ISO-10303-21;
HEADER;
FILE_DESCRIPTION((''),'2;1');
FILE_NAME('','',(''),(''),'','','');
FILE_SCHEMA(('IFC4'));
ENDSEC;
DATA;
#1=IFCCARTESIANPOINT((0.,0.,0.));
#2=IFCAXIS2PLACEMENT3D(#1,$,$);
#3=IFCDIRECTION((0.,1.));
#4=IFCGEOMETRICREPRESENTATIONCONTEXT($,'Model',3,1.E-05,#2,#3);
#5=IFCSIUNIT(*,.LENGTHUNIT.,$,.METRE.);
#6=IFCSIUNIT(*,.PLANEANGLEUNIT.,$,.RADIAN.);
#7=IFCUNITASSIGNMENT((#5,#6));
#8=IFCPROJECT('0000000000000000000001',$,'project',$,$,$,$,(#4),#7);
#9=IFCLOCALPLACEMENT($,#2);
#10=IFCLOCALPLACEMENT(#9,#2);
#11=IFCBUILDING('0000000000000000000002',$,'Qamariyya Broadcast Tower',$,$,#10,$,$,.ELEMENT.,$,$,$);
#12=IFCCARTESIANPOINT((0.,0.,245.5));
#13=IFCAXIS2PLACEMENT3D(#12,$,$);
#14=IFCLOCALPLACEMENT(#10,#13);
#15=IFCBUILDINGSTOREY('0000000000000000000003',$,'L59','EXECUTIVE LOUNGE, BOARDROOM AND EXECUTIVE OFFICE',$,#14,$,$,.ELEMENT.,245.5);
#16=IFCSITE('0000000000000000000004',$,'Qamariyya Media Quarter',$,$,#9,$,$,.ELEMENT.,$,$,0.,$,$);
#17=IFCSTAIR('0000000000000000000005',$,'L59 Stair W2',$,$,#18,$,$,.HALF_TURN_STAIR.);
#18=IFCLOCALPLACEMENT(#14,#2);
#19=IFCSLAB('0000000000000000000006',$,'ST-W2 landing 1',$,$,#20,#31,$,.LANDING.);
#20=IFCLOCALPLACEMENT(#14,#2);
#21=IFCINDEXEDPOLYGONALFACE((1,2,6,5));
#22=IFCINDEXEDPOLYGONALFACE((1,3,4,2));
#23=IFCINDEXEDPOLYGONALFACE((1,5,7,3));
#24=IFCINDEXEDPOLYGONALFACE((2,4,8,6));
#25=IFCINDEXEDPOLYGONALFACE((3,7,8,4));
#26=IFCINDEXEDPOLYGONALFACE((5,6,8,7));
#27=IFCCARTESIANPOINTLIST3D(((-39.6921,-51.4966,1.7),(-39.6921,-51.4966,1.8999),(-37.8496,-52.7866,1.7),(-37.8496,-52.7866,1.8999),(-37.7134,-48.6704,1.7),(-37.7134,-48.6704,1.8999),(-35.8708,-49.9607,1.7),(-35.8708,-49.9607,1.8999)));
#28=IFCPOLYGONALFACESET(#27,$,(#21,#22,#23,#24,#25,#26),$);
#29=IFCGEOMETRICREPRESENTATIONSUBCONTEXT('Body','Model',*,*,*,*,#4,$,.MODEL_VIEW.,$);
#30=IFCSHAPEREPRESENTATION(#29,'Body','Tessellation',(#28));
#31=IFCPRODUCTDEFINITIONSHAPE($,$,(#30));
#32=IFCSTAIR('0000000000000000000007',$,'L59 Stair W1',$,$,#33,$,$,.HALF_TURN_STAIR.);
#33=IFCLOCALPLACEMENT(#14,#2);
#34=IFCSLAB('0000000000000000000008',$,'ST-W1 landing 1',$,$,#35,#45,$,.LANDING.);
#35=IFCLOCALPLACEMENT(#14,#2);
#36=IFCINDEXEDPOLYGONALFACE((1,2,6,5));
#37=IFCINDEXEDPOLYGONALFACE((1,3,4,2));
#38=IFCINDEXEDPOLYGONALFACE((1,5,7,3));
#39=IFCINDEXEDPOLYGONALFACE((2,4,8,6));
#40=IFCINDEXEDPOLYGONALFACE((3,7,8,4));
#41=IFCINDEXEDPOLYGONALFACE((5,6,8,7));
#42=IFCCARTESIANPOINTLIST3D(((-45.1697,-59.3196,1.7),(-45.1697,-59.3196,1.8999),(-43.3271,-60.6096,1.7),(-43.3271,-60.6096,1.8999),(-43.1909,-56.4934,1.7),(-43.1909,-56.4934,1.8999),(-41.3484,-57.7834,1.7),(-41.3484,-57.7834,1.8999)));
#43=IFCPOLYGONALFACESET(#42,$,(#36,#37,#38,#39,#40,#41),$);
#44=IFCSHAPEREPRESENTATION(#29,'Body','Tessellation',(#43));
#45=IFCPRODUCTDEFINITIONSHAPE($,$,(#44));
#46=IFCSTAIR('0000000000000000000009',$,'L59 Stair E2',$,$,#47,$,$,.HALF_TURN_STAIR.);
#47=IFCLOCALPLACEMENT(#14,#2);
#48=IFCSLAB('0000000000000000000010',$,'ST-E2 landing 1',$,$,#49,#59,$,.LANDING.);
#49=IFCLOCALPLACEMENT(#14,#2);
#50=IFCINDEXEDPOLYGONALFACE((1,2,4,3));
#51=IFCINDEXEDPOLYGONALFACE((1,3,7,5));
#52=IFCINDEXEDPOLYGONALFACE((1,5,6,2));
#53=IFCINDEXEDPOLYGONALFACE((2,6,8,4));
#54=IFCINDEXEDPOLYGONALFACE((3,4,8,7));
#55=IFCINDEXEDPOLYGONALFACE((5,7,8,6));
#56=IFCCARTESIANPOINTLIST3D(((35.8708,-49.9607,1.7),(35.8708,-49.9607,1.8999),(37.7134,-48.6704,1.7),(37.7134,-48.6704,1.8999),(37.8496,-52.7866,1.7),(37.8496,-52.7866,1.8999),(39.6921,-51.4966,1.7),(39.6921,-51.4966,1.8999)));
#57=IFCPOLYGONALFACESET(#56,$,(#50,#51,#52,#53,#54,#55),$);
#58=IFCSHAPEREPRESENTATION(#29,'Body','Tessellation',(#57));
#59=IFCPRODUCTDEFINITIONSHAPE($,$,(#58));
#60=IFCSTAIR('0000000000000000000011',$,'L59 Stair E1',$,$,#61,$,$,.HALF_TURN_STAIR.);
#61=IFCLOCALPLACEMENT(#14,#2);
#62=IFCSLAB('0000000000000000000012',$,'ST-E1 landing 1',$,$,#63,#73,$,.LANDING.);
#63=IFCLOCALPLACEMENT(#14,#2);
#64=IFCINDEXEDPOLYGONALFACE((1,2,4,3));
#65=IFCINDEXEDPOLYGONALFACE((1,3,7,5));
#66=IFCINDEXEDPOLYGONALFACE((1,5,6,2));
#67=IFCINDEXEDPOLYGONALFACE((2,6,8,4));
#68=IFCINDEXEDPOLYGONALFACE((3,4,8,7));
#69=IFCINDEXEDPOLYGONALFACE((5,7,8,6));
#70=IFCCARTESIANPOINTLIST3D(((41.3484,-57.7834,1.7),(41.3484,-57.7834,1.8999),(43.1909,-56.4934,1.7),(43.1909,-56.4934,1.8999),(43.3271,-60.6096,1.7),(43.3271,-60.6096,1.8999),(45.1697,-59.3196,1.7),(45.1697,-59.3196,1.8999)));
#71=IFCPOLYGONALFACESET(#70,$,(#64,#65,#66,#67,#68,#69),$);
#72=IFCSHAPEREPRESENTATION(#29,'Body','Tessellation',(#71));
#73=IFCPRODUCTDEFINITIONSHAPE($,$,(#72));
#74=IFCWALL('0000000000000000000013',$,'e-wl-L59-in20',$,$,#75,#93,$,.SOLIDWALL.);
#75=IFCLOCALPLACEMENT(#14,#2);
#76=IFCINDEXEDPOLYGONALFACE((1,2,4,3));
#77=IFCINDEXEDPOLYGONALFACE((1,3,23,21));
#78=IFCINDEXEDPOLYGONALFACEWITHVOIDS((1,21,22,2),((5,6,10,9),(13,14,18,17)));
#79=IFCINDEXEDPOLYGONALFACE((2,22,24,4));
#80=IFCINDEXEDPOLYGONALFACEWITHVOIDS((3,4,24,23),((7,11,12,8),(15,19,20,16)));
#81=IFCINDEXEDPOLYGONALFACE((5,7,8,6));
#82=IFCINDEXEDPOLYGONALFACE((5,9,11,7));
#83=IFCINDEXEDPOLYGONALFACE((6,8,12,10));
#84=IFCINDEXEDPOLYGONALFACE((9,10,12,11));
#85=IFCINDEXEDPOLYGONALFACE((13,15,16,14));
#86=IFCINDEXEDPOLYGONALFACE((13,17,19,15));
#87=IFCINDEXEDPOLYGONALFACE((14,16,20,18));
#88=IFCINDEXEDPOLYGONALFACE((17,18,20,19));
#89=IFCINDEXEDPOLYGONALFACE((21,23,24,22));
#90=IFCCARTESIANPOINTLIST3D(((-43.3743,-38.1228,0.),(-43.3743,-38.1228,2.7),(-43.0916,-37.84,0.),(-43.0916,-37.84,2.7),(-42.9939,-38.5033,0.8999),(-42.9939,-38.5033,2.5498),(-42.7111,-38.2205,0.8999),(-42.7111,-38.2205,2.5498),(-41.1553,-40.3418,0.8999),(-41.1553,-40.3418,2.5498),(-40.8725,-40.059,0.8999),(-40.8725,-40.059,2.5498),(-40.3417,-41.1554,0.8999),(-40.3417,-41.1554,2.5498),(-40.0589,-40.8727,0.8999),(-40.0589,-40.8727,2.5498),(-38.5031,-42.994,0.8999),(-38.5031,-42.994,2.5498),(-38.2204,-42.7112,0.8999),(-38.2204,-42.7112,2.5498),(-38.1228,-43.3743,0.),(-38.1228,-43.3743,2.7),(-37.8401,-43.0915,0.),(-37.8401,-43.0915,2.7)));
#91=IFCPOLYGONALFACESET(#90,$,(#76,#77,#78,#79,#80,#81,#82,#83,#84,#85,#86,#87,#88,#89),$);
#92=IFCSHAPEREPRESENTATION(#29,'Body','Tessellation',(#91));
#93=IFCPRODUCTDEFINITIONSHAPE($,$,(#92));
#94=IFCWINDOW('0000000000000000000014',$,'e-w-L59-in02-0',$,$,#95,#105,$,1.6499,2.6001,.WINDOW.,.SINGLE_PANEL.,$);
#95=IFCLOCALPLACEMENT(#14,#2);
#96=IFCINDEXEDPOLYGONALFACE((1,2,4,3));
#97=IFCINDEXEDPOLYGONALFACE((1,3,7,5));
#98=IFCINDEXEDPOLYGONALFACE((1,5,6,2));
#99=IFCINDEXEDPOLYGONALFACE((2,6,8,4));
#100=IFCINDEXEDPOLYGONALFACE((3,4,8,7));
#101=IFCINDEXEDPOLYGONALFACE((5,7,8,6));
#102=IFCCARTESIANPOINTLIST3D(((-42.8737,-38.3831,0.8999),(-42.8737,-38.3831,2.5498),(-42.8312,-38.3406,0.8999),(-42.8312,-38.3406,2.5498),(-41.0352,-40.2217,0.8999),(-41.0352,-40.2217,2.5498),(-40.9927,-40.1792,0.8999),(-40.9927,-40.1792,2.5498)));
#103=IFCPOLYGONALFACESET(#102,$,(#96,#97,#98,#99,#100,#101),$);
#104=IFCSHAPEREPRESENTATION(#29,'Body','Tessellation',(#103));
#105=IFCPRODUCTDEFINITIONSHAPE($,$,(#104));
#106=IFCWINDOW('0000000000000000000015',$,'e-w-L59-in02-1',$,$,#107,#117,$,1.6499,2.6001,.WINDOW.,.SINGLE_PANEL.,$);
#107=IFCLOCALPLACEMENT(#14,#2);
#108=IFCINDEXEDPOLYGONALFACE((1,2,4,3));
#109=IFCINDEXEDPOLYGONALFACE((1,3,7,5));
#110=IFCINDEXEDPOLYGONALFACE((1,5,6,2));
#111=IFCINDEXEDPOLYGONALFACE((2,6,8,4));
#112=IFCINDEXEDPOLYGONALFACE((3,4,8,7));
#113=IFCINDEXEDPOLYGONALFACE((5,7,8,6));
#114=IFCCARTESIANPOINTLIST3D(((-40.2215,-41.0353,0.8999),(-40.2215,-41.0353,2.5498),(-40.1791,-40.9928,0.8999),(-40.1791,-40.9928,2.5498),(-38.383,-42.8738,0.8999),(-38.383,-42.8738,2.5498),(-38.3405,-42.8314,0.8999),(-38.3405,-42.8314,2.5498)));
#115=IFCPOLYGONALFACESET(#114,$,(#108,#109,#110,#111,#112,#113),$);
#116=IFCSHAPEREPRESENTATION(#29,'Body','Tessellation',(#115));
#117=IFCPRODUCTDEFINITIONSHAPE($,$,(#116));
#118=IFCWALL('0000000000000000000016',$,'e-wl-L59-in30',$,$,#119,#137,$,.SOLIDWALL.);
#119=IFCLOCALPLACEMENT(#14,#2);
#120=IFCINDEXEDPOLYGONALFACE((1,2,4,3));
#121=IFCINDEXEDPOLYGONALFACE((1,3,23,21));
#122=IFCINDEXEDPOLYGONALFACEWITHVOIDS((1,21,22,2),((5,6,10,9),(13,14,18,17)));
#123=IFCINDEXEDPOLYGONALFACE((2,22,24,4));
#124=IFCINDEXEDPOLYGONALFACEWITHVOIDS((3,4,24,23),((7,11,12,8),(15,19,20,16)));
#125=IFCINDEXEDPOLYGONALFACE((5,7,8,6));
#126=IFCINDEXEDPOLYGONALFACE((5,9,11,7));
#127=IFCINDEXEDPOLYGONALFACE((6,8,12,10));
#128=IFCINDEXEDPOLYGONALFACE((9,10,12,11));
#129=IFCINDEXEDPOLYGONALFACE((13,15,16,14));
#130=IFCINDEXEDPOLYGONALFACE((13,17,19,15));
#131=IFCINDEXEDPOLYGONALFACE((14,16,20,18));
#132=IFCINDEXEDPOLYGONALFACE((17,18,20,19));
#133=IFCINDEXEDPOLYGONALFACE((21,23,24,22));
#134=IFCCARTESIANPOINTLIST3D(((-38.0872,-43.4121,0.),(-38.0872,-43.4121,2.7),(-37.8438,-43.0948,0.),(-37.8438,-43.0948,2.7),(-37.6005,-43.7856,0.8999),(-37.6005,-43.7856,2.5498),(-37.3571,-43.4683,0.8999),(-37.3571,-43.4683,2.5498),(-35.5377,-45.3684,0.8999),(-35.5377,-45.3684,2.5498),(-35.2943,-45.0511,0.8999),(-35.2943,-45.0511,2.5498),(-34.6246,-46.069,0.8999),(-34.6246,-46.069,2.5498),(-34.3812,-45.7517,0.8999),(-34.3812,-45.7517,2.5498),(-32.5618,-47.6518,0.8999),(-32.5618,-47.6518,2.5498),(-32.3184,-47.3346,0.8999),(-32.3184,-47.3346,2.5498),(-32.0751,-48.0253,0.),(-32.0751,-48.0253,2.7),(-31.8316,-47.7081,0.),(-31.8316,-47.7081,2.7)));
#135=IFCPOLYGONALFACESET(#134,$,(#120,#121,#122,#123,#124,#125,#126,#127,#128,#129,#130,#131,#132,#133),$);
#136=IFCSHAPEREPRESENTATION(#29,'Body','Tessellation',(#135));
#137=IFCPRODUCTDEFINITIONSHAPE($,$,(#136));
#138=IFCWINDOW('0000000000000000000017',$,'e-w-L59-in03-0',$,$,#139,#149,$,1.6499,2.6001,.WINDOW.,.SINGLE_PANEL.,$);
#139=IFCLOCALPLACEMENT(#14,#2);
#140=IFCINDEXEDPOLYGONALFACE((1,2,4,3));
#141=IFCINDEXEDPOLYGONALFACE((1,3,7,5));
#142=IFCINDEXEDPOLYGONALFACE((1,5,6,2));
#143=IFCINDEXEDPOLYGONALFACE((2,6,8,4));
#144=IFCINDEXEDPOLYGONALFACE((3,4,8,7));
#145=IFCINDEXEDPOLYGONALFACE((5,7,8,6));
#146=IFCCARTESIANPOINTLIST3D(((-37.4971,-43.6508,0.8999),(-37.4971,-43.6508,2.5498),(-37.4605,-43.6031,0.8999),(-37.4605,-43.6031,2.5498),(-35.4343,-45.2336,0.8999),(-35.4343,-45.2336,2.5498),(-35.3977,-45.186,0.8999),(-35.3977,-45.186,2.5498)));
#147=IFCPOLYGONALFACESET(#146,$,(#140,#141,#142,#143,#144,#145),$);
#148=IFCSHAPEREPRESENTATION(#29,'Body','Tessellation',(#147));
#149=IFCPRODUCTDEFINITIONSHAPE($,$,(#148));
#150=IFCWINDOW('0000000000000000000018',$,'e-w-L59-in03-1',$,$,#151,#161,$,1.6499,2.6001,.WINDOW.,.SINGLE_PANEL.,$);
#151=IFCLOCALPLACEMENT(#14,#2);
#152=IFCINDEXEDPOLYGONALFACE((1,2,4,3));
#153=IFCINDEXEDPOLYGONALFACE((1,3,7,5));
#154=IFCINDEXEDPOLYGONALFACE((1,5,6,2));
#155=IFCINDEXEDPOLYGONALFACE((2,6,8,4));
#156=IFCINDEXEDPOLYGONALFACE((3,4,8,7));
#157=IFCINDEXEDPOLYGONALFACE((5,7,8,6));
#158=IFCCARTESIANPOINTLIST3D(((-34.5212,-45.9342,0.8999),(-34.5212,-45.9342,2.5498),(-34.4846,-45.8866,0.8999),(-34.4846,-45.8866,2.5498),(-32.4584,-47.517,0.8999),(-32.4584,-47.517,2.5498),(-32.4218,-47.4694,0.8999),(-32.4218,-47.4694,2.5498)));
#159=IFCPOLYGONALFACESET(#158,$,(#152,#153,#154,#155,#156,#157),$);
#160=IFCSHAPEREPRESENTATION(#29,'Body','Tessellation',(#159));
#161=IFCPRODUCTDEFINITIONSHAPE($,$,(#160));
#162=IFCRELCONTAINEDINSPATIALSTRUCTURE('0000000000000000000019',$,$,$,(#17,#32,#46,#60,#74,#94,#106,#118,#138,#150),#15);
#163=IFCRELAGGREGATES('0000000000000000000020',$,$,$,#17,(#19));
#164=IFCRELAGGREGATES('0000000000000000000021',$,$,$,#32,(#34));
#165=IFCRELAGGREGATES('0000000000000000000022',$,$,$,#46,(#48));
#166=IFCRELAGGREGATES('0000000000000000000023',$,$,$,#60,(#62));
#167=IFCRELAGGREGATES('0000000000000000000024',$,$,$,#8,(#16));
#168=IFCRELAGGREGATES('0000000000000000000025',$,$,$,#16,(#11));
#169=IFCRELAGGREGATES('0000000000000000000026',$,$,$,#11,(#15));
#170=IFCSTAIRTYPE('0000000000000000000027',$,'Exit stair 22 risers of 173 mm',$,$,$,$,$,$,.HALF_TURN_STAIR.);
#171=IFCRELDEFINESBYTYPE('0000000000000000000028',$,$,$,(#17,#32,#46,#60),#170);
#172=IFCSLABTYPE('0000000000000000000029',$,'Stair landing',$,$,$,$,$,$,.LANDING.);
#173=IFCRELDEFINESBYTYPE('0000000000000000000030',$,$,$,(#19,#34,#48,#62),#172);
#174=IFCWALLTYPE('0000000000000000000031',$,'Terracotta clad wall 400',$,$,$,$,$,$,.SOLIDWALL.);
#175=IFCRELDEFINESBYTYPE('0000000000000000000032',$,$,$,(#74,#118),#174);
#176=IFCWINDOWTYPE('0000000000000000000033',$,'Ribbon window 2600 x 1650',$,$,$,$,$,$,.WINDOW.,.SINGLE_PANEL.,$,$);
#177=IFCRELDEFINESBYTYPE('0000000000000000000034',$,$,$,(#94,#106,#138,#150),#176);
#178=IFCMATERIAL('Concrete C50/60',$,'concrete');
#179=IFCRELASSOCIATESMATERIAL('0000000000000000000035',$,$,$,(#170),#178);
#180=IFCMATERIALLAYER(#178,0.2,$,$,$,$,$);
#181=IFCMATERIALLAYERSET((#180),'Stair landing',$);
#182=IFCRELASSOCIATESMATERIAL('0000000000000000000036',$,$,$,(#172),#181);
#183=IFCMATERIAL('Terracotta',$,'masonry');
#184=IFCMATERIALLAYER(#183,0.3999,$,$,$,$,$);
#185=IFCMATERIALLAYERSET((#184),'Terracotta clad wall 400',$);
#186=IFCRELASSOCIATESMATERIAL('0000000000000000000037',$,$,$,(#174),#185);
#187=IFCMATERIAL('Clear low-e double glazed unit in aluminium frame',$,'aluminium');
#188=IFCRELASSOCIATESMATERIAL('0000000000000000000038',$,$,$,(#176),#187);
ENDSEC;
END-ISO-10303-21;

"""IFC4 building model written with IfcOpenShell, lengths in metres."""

from ifc_helpers import new_model, si_unit, direction, frame, frame_2d, origin, place, context, subcontext, project, spatial, polyline, rectangle, outline, extrude, material, layer, layer_set, type_object, element, fill, aggregate, save


model = new_model("IFC4")

# Units and contexts
model_context = context("Model", 3, precision=1e-05, world=origin(), true_north=direction((0.0, 1.0)))
body_context = subcontext(model_context, "Body", "Model", "MODEL_VIEW")
ifc_project = project(units=[si_unit("LENGTHUNIT", "METRE"), si_unit("PLANEANGLEUNIT", "RADIAN")], contexts=[model_context])

# Site, building, storey
site_placement = place(None, origin())
site = spatial("IfcSite", under=ifc_project, at=site_placement, Name="Qamariyya Media Quarter", CompositionType="ELEMENT", RefElevation=0.0)
building_placement = place(site_placement, origin())
building = spatial("IfcBuilding", under=site, at=building_placement, Name="Qamariyya Broadcast Tower", CompositionType="ELEMENT")
storey_placement = place(building_placement, frame((0.0, 0.0, 245.5)))
storey = spatial("IfcBuildingStorey", under=building, at=storey_placement, Name="L59", Description="EXECUTIVE LOUNGE, BOARDROOM AND EXECUTIVE OFFICE", CompositionType="ELEMENT", Elevation=245.5)

# Stairs, slabs
ifc_material_1 = material(Name="Concrete C50/60", Category="concrete")
stair_type = type_object("IfcStairType", Name="Exit stair 22 risers of 173 mm", PredefinedType="HALF_TURN_STAIR", material=ifc_material_1)
stair_1_placement = place(storey_placement, origin())
stair_1 = element("IfcStair", 1, at=stair_1_placement, inside=storey, type_object=stair_type, Name="L59 Stair W2", PredefinedType="HALF_TURN_STAIR")
ifc_layer_1 = layer(ifc_material_1, 0.2)
ifc_layer_set_1 = layer_set([ifc_layer_1], Name="Stair landing")
slab_type_1 = type_object("IfcSlabType", Name="Stair landing", PredefinedType="LANDING", material=ifc_layer_set_1)
slab_1_placement = place(storey_placement, frame((0.0, 0.0, 1.7)))
slab_1 = element("IfcSlab", 2, at=slab_1_placement, type_object=slab_type_1, Name="ST-W2 landing 1", PredefinedType="LANDING", context=body_context, shape_type="SweptSolid", body=[
    extrude(outline(polyline([(-39.6921, -51.4966), (-37.8496, -52.7866), (-35.8708, -49.9607), (-37.7134, -48.6704), (-39.6921, -51.4966)])), origin(), (0.0, 0.0, 1.0), 0.2),
])
aggregate(stair_1, [slab_1])
stair_2_placement = place(storey_placement, origin())
stair_2 = element("IfcStair", 3, at=stair_2_placement, inside=storey, type_object=stair_type, Name="L59 Stair W1", PredefinedType="HALF_TURN_STAIR")
slab_2_placement = place(storey_placement, frame((0.0, 0.0, 1.7)))
slab_2 = element("IfcSlab", 4, at=slab_2_placement, type_object=slab_type_1, Name="ST-W1 landing 1", PredefinedType="LANDING", context=body_context, shape_type="SweptSolid", body=[
    extrude(outline(polyline([(-45.1697, -59.3196), (-43.3271, -60.6096), (-41.3484, -57.7834), (-43.1909, -56.4934), (-45.1697, -59.3196)])), origin(), (0.0, 0.0, 1.0), 0.2),
])
aggregate(stair_2, [slab_2])
stair_3_placement = place(storey_placement, origin())
stair_3 = element("IfcStair", 5, at=stair_3_placement, inside=storey, type_object=stair_type, Name="L59 Stair E2", PredefinedType="HALF_TURN_STAIR")
slab_3_placement = place(storey_placement, frame((0.0, 0.0, 1.7)))
slab_3 = element("IfcSlab", 6, at=slab_3_placement, type_object=slab_type_1, Name="ST-E2 landing 1", PredefinedType="LANDING", context=body_context, shape_type="SweptSolid", body=[
    extrude(outline(polyline([(37.7134, -48.6704), (35.8708, -49.9607), (37.8496, -52.7866), (39.6921, -51.4966), (37.7134, -48.6704)])), origin(), (0.0, 0.0, 1.0), 0.2),
])
aggregate(stair_3, [slab_3])
stair_4_placement = place(storey_placement, origin())
stair_4 = element("IfcStair", 7, at=stair_4_placement, inside=storey, type_object=stair_type, Name="L59 Stair E1", PredefinedType="HALF_TURN_STAIR")
slab_4_placement = place(storey_placement, frame((0.0, 0.0, 1.7)))
slab_4 = element("IfcSlab", 8, at=slab_4_placement, type_object=slab_type_1, Name="ST-E1 landing 1", PredefinedType="LANDING", context=body_context, shape_type="SweptSolid", body=[
    extrude(outline(polyline([(43.1909, -56.4934), (41.3484, -57.7834), (43.3271, -60.6096), (45.1697, -59.3196), (43.1909, -56.4934)])), origin(), (0.0, 0.0, 1.0), 0.2),
])
aggregate(stair_4, [slab_4])

# Walls, openings, windows
ifc_material_2 = material(Name="Terracotta", Category="masonry")
ifc_layer_2 = layer(ifc_material_2, 0.3999)
ifc_layer_set_2 = layer_set([ifc_layer_2], Name="Terracotta clad wall 400")
wall_type = type_object("IfcWallType", Name="Terracotta clad wall 400", PredefinedType="SOLIDWALL", material=ifc_layer_set_2)
wall_1_placement = place(storey_placement, frame((-37.9814, -43.2329, 0.0), z_axis=(0.0, 0.0, 1.0), x_axis=(-0.707107, 0.707107, 0.0)))
wall_1 = element("IfcWall", 9, at=wall_1_placement, inside=storey, type_object=wall_type, Name="e-wl-L59-in20", PredefinedType="SOLIDWALL", context=body_context, shape_type="SweptSolid", body=[
    extrude(rectangle(XDim=7.4268, YDim=0.3999, at=frame_2d((3.7134, 0.0))), origin(), (0.0, 0.0, 1.0), 2.7),
])
opening_1_placement = place(wall_1_placement, frame((4.2886, 0.0, 0.8999)))
opening_1 = element("IfcOpeningElement", 10, at=opening_1_placement, cuts=wall_1, PredefinedType="OPENING", context=body_context, shape_type="SweptSolid", body=[
    extrude(rectangle(XDim=2.6001, YDim=1.6499, at=frame_2d((1.3, 0.825))), frame((0.0, 0.21, 0.0), z_axis=(0.0, -1.0, 0.0), x_axis=(1.0, 0.0, 0.0)), (0.0, 0.0, 1.0), 0.4199),
])
opening_2_placement = place(wall_1_placement, frame((0.5378, 0.0, 0.8999)))
opening_2 = element("IfcOpeningElement", 11, at=opening_2_placement, cuts=wall_1, PredefinedType="OPENING", context=body_context, shape_type="SweptSolid", body=[
    extrude(rectangle(XDim=2.6001, YDim=1.6499, at=frame_2d((1.3, 0.825))), frame((0.0, 0.21, 0.0), z_axis=(0.0, -1.0, 0.0), x_axis=(1.0, 0.0, 0.0)), (0.0, 0.0, 1.0), 0.4199),
])
ifc_material_3 = material(Name="Clear low-e double glazed unit in aluminium frame", Category="aluminium")
window_type = type_object("IfcWindowType", Name="Ribbon window 2600 x 1650", PartitioningType="SINGLE_PANEL", PredefinedType="WINDOW", material=ifc_material_3)
window_1_placement = place(opening_1_placement, origin())
window_1 = element("IfcWindow", 12, at=window_1_placement, inside=storey, type_object=window_type, Name="e-w-L59-in02-0", OverallHeight=1.6499, OverallWidth=2.6001, PartitioningType="SINGLE_PANEL", PredefinedType="WINDOW", context=body_context, shape_type="SweptSolid", body=[
    extrude(rectangle(XDim=2.6001, YDim=1.6499, at=frame_2d((1.3, 0.825))), frame((0.0, 0.03, 0.0), z_axis=(0.0, -1.0, 0.0), x_axis=(1.0, 0.0, 0.0)), (0.0, 0.0, 1.0), 0.0601),
])
fill(opening_1, window_1)
window_2_placement = place(opening_2_placement, origin())
window_2 = element("IfcWindow", 13, at=window_2_placement, inside=storey, type_object=window_type, Name="e-w-L59-in02-1", OverallHeight=1.6499, OverallWidth=2.6001, PartitioningType="SINGLE_PANEL", PredefinedType="WINDOW", context=body_context, shape_type="SweptSolid", body=[
    extrude(rectangle(XDim=2.6001, YDim=1.6499, at=frame_2d((1.3, 0.825))), frame((0.0, 0.03, 0.0), z_axis=(0.0, -1.0, 0.0), x_axis=(1.0, 0.0, 0.0)), (0.0, 0.0, 1.0), 0.0601),
])
fill(opening_2, window_2)
wall_2_placement = place(storey_placement, frame((-31.9534, -47.8667, 0.0), z_axis=(0.0, 0.0, 1.0), x_axis=(-0.793356, 0.608757, 0.0)))
wall_2 = element("IfcWall", 14, at=wall_2_placement, inside=storey, type_object=wall_type, Name="e-wl-L59-in30", PredefinedType="SOLIDWALL", context=body_context, shape_type="SweptSolid", body=[
    extrude(rectangle(XDim=7.5781, YDim=0.3999, at=frame_2d((3.7891, 0.0))), origin(), (0.0, 0.0, 1.0), 2.7),
])
opening_3_placement = place(wall_2_placement, frame((4.3645, 0.0, 0.8999)))
opening_3 = element("IfcOpeningElement", 15, at=opening_3_placement, cuts=wall_2, PredefinedType="OPENING", context=body_context, shape_type="SweptSolid", body=[
    extrude(rectangle(XDim=2.6001, YDim=1.6499, at=frame_2d((1.3, 0.825))), frame((0.0, 0.21, 0.0), z_axis=(0.0, -1.0, 0.0), x_axis=(1.0, 0.0, 0.0)), (0.0, 0.0, 1.0), 0.4199),
])
opening_4_placement = place(wall_2_placement, frame((0.6135, 0.0, 0.8999)))
opening_4 = element("IfcOpeningElement", 16, at=opening_4_placement, cuts=wall_2, PredefinedType="OPENING", context=body_context, shape_type="SweptSolid", body=[
    extrude(rectangle(XDim=2.6001, YDim=1.6499, at=frame_2d((1.3, 0.825))), frame((0.0, 0.21, 0.0), z_axis=(0.0, -1.0, 0.0), x_axis=(1.0, 0.0, 0.0)), (0.0, 0.0, 1.0), 0.4199),
])
window_3_placement = place(opening_3_placement, origin())
window_3 = element("IfcWindow", 17, at=window_3_placement, inside=storey, type_object=window_type, Name="e-w-L59-in03-0", OverallHeight=1.6499, OverallWidth=2.6001, PartitioningType="SINGLE_PANEL", PredefinedType="WINDOW", context=body_context, shape_type="SweptSolid", body=[
    extrude(rectangle(XDim=2.6001, YDim=1.6499, at=frame_2d((1.3, 0.825))), frame((0.0, 0.03, 0.0), z_axis=(0.0, -1.0, 0.0), x_axis=(1.0, 0.0, 0.0)), (0.0, 0.0, 1.0), 0.0601),
])
fill(opening_3, window_3)
window_4_placement = place(opening_4_placement, origin())
window_4 = element("IfcWindow", 18, at=window_4_placement, inside=storey, type_object=window_type, Name="e-w-L59-in03-1", OverallHeight=1.6499, OverallWidth=2.6001, PartitioningType="SINGLE_PANEL", PredefinedType="WINDOW", context=body_context, shape_type="SweptSolid", body=[
    extrude(rectangle(XDim=2.6001, YDim=1.6499, at=frame_2d((1.3, 0.825))), frame((0.0, 0.03, 0.0), z_axis=(0.0, -1.0, 0.0), x_axis=(1.0, 0.0, 0.0)), (0.0, 0.0, 1.0), 0.0601),
])
fill(opening_4, window_4)

save(model, "model.ifc")
